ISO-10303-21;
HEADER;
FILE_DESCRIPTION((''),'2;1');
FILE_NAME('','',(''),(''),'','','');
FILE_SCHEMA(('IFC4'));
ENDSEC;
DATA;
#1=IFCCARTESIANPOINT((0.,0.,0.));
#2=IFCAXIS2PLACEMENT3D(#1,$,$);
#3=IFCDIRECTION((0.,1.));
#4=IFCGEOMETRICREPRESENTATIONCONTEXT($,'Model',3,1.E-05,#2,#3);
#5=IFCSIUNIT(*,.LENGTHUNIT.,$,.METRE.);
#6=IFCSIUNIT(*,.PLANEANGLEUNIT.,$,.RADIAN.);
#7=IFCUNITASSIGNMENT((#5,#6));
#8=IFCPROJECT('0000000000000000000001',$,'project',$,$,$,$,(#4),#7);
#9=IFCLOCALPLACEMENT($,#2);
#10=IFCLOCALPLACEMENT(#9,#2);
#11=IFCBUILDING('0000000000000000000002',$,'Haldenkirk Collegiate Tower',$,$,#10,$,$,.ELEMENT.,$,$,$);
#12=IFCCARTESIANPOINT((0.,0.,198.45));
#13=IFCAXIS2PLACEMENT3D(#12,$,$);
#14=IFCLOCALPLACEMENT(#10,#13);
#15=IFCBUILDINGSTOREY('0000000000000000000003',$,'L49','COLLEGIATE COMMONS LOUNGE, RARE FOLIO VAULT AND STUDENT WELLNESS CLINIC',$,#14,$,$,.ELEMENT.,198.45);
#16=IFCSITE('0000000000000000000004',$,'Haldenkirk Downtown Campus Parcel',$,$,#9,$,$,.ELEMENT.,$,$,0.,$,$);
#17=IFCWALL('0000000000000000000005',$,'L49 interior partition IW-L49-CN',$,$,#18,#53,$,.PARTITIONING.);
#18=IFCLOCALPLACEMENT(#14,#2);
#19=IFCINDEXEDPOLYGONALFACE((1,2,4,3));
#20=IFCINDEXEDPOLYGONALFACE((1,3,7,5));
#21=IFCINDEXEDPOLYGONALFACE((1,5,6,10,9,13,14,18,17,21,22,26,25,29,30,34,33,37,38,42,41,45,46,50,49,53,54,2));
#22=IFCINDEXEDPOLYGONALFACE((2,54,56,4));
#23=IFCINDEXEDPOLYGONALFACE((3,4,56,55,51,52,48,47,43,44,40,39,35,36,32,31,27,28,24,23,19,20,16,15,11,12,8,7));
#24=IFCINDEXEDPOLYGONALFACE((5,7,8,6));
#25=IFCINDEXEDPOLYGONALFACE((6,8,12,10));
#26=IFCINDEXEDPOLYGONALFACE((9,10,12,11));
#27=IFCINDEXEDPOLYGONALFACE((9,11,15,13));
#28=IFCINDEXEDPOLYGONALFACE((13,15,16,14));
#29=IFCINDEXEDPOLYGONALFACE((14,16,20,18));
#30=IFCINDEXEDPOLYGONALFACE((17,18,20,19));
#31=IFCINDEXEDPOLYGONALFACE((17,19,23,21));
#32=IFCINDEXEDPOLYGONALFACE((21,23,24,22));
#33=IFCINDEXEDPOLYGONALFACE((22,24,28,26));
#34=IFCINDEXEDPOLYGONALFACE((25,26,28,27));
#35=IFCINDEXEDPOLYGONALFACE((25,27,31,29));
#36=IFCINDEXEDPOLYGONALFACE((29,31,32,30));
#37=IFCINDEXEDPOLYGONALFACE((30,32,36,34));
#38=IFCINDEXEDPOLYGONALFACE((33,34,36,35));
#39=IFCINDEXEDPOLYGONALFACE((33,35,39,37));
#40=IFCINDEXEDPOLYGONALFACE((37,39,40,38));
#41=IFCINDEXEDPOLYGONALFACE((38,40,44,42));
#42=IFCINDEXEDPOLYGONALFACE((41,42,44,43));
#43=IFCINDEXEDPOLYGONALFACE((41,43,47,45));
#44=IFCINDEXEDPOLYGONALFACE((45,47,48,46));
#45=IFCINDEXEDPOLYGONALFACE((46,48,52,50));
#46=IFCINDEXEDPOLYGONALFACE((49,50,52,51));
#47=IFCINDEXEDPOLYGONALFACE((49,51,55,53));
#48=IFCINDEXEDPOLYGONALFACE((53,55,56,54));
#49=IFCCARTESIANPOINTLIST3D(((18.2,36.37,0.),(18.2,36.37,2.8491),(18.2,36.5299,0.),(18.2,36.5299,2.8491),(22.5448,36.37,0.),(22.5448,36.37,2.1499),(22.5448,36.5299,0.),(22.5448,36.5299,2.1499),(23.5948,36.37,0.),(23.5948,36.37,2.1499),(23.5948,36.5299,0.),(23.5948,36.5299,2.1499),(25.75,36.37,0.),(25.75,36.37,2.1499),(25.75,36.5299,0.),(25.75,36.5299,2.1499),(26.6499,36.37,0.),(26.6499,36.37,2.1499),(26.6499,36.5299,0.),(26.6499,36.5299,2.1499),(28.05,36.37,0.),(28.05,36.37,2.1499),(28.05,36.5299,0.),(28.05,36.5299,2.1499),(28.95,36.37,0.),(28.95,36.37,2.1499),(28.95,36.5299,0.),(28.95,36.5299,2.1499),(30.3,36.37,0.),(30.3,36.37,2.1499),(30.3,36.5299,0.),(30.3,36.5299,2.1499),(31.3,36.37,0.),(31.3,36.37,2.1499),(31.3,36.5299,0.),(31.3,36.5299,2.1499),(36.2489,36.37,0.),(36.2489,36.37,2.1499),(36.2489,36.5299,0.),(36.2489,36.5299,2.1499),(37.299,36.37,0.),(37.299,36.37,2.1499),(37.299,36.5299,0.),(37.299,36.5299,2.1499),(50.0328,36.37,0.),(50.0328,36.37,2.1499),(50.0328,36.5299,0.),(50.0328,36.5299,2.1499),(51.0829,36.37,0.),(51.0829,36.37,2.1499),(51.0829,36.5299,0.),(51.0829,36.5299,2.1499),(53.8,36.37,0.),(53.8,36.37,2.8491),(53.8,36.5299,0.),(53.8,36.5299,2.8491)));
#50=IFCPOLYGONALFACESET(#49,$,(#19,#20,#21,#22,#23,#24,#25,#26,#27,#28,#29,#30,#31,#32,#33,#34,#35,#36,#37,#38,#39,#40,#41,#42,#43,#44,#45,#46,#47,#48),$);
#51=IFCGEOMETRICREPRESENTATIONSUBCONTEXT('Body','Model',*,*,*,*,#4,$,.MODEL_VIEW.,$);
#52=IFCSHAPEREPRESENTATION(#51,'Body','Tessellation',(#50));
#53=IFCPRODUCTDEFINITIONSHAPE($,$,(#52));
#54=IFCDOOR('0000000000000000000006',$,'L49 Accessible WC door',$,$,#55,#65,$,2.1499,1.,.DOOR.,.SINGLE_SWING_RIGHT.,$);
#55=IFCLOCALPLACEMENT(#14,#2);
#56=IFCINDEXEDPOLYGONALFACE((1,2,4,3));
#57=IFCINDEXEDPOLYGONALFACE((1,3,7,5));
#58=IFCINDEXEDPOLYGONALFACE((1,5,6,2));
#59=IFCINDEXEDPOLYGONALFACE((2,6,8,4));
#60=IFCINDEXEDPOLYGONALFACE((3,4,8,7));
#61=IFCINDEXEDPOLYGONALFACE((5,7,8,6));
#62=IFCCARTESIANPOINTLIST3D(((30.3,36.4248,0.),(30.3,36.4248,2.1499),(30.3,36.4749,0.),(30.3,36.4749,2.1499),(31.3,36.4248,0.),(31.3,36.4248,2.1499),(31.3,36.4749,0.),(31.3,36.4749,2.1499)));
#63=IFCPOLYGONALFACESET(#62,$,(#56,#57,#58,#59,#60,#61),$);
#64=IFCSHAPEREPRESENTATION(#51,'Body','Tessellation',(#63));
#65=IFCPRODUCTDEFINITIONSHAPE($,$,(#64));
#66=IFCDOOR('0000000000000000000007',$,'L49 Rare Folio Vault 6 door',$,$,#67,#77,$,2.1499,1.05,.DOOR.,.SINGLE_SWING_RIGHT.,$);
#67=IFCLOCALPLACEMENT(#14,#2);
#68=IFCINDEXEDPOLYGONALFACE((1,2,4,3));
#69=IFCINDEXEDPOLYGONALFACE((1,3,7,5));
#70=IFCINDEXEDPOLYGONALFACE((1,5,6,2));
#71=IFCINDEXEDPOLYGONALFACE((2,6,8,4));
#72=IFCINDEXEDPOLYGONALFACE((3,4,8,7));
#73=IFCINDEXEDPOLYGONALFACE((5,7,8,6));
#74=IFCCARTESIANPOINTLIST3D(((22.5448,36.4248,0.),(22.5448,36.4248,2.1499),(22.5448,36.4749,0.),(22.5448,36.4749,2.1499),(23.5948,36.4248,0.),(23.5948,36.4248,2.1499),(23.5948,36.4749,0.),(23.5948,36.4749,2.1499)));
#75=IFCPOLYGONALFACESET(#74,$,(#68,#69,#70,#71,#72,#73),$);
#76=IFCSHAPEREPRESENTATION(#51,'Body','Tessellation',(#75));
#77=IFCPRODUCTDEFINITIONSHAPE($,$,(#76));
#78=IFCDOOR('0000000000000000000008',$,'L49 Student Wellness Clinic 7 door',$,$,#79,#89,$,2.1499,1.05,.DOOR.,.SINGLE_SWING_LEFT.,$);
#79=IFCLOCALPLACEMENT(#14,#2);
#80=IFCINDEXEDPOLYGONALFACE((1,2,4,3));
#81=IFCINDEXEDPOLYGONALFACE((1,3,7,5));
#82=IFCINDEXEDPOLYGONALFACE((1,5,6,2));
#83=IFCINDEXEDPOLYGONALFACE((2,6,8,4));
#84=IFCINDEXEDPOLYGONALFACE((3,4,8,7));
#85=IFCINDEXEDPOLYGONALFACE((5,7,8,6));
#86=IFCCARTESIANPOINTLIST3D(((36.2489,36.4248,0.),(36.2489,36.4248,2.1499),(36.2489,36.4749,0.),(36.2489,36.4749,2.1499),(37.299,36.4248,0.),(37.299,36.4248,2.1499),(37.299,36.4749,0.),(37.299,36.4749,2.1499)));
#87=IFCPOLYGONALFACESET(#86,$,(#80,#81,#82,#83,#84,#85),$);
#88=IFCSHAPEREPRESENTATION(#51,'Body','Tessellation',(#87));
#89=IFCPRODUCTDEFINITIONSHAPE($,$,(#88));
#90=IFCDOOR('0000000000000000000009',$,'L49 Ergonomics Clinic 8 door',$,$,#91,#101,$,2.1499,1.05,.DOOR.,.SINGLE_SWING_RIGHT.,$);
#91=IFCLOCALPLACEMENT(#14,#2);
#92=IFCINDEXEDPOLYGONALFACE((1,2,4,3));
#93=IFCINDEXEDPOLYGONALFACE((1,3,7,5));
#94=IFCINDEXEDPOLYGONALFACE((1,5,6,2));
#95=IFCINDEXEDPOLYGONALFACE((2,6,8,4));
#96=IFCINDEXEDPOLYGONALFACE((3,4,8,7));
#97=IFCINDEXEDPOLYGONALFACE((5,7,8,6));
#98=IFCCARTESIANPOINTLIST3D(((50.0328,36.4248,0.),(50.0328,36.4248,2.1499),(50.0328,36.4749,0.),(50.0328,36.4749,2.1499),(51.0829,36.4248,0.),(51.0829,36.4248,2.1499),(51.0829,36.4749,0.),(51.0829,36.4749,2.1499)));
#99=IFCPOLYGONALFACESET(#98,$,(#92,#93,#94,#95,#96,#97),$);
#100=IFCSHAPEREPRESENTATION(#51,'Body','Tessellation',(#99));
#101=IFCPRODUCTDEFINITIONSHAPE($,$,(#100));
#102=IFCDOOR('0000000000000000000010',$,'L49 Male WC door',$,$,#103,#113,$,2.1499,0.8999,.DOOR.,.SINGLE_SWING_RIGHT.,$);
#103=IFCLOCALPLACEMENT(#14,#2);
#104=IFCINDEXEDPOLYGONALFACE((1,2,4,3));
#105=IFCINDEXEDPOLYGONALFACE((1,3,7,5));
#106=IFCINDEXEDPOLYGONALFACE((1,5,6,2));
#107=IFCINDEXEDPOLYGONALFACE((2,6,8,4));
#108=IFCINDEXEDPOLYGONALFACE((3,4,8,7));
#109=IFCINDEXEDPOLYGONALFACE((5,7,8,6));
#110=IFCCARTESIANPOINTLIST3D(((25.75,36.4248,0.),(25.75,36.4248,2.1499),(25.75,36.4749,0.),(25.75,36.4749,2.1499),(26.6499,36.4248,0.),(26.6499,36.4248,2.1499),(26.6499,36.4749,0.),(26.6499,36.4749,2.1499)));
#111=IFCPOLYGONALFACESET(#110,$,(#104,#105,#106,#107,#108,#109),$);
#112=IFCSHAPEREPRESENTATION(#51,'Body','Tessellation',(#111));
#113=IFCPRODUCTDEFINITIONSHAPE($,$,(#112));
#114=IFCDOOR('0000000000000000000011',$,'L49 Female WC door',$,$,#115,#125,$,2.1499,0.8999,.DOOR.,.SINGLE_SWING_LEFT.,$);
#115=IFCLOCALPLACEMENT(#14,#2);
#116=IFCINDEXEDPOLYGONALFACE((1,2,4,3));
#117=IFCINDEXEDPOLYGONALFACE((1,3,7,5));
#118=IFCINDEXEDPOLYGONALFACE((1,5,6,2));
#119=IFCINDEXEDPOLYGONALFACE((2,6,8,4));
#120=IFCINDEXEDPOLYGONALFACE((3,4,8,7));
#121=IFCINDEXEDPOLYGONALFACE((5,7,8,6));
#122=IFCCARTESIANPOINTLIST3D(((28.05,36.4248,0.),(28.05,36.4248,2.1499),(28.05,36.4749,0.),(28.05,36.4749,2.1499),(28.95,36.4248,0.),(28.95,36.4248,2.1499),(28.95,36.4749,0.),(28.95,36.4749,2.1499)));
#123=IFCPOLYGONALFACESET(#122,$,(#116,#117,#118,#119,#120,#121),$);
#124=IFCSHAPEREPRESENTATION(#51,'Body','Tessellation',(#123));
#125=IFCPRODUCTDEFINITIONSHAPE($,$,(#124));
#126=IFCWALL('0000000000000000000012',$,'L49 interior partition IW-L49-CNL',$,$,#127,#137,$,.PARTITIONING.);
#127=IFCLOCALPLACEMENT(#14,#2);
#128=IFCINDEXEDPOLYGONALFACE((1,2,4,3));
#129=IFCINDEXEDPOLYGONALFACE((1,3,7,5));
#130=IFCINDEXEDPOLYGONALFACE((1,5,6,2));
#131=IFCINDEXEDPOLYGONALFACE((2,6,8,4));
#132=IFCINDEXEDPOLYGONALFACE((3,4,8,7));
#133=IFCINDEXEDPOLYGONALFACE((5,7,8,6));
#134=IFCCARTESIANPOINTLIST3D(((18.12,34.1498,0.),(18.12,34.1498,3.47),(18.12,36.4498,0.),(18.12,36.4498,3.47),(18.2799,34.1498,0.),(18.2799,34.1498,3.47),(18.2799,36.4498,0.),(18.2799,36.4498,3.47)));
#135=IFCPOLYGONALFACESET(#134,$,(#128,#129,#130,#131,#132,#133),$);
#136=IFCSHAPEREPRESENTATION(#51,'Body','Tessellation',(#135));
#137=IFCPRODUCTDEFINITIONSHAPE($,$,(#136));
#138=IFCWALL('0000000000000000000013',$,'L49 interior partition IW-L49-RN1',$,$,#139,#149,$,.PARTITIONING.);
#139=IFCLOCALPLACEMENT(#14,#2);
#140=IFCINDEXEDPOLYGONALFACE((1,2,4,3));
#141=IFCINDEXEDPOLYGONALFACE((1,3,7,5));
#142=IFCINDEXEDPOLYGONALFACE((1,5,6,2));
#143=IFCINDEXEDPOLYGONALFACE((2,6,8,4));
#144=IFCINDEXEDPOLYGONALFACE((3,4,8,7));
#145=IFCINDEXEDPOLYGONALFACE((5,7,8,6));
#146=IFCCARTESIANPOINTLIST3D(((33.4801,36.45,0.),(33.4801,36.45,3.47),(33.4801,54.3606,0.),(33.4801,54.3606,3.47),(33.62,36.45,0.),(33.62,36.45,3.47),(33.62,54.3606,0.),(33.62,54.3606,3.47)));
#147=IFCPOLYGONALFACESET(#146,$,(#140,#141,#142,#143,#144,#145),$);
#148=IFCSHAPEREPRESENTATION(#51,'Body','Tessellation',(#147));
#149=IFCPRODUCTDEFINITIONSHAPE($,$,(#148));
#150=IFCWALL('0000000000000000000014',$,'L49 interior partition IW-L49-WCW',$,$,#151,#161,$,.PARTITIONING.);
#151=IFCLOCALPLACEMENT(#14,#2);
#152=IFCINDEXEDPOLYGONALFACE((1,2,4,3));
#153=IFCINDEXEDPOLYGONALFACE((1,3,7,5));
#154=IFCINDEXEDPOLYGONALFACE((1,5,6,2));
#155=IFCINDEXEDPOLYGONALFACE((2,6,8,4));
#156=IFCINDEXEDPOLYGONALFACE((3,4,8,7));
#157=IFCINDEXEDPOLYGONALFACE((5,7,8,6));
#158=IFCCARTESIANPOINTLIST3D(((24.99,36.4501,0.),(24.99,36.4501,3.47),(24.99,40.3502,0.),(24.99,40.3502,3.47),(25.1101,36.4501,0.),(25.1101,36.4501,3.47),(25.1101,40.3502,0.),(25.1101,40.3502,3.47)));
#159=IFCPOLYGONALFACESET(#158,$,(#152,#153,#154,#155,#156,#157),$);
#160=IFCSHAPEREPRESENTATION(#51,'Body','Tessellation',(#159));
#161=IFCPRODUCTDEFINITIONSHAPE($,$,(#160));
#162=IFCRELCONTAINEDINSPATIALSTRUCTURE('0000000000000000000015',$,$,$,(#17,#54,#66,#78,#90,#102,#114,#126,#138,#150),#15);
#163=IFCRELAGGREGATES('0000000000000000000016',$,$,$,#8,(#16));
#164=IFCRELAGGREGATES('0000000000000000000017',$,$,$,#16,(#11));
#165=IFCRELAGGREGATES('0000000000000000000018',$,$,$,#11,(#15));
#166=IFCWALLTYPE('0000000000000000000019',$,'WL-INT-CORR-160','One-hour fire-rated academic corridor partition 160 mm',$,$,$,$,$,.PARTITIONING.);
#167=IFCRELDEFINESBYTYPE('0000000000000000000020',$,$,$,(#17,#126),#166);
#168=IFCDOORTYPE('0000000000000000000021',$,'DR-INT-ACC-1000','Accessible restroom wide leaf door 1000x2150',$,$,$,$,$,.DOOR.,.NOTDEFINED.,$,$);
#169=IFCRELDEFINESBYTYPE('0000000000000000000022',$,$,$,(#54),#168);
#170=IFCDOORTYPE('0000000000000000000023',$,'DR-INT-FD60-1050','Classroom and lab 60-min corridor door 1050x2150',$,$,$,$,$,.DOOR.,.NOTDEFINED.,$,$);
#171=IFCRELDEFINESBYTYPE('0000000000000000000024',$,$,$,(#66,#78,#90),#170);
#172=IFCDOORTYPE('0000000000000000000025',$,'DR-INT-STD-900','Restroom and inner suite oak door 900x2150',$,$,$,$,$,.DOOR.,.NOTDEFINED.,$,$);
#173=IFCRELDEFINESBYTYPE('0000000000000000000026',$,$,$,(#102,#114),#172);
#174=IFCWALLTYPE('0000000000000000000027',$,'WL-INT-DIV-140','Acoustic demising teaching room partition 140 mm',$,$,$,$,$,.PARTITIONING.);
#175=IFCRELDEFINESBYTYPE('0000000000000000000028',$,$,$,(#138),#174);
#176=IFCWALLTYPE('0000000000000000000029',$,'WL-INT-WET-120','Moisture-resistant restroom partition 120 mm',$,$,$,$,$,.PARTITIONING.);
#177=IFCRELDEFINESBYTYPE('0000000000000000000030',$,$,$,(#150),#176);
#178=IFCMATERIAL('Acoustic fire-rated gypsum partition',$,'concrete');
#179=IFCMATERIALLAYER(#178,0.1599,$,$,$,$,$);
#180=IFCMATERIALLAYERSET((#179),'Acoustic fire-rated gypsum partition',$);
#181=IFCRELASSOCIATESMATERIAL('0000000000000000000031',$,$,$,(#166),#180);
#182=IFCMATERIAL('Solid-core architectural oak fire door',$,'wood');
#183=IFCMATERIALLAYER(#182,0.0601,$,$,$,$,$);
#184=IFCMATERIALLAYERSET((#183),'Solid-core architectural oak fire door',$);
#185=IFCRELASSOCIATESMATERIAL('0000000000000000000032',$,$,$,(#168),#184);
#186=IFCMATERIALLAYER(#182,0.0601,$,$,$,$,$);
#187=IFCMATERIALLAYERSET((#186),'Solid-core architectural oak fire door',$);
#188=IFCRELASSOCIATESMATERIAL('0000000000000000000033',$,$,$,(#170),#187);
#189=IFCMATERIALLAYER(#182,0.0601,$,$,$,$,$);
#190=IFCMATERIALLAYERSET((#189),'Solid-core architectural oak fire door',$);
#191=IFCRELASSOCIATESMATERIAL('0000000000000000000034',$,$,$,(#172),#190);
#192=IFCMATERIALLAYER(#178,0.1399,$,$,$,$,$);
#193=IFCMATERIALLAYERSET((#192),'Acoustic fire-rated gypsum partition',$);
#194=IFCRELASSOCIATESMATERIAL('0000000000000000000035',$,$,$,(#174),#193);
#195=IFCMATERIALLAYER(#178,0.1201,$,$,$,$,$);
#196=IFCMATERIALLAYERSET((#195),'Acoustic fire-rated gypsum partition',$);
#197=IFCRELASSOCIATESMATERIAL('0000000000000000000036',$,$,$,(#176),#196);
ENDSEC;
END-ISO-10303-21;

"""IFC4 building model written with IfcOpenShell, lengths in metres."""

from ifc_helpers import new_model, si_unit, direction, frame, frame_2d, origin, place, context, subcontext, project, spatial, rectangle, extrude, material, layer, layer_set, type_object, element, fill, save


model = new_model("IFC4")

# Units and contexts
model_context = context("Model", 3, precision=1e-05, world=origin(), true_north=direction((0.0, 1.0)))
body_context = subcontext(model_context, "Body", "Model", "MODEL_VIEW")
ifc_project = project(units=[si_unit("LENGTHUNIT", "METRE"), si_unit("PLANEANGLEUNIT", "RADIAN")], contexts=[model_context])

# Site, building, storey
site_placement = place(None, origin())
site = spatial("IfcSite", under=ifc_project, at=site_placement, Name="Haldenkirk Downtown Campus Parcel", CompositionType="ELEMENT", RefElevation=0.0)
building_placement = place(site_placement, origin())
building = spatial("IfcBuilding", under=site, at=building_placement, Name="Haldenkirk Collegiate Tower", CompositionType="ELEMENT")
storey_placement = place(building_placement, frame((0.0, 0.0, 198.45)))
storey = spatial("IfcBuildingStorey", under=building, at=storey_placement, Name="L49", Description="COLLEGIATE COMMONS LOUNGE, RARE FOLIO VAULT AND STUDENT WELLNESS CLINIC", CompositionType="ELEMENT", Elevation=198.45)

# Wall, openings, doors
ifc_material_1 = material(Name="Acoustic fire-rated gypsum partition", Category="concrete")
ifc_layer_1 = layer(ifc_material_1, 0.1599)
ifc_layer_set_1 = layer_set([ifc_layer_1], Name="Acoustic fire-rated gypsum partition")
wall_type_1 = type_object("IfcWallType", Name="WL-INT-CORR-160", Description="One-hour fire-rated academic corridor partition 160 mm", PredefinedType="PARTITIONING", material=ifc_layer_set_1)
wall_1_placement = place(storey_placement, frame((18.2, 36.45, 0.0), z_axis=(0.0, 0.0, 1.0), x_axis=(1.0, 0.0, 0.0)))
wall_1 = element("IfcWall", 1, at=wall_1_placement, inside=storey, type_object=wall_type_1, Name="L49 interior partition IW-L49-CN", PredefinedType="PARTITIONING", context=body_context, shape_type="SweptSolid", body=[
    extrude(rectangle(XDim=35.6001, YDim=0.1599, at=frame_2d((17.8, 0.0))), origin(), (0.0, 0.0, 1.0), 2.8491),
])
opening_1_placement = place(wall_1_placement, frame((7.55, 0.0, 0.0)))
opening_1 = element("IfcOpeningElement", 2, at=opening_1_placement, cuts=wall_1, PredefinedType="OPENING", context=body_context, shape_type="SweptSolid", body=[
    extrude(rectangle(XDim=0.8999, YDim=2.1499, at=frame_2d((0.45, 1.075))), frame((0.0, 0.0898, 0.0), z_axis=(0.0, -1.0, 0.0), x_axis=(1.0, 0.0, 0.0)), (0.0, 0.0, 1.0), 0.1799),
])
opening_2_placement = place(wall_1_placement, frame((9.8501, 0.0, 0.0)))
opening_2 = element("IfcOpeningElement", 3, at=opening_2_placement, cuts=wall_1, PredefinedType="OPENING", context=body_context, shape_type="SweptSolid", body=[
    extrude(rectangle(XDim=0.8999, YDim=2.1499, at=frame_2d((0.45, 1.075))), frame((0.0, 0.0898, 0.0), z_axis=(0.0, -1.0, 0.0), x_axis=(1.0, 0.0, 0.0)), (0.0, 0.0, 1.0), 0.1799),
])
opening_3_placement = place(wall_1_placement, frame((12.1001, 0.0, 0.0)))
opening_3 = element("IfcOpeningElement", 4, at=opening_3_placement, cuts=wall_1, PredefinedType="OPENING", context=body_context, shape_type="SweptSolid", body=[
    extrude(rectangle(XDim=1.0, YDim=2.1499, at=frame_2d((0.5, 1.075))), frame((0.0, 0.0898, 0.0), z_axis=(0.0, -1.0, 0.0), x_axis=(1.0, 0.0, 0.0)), (0.0, 0.0, 1.0), 0.1799),
])
opening_4_placement = place(wall_1_placement, frame((4.345, 0.0, 0.0)))
opening_4 = element("IfcOpeningElement", 5, at=opening_4_placement, cuts=wall_1, PredefinedType="OPENING", context=body_context, shape_type="SweptSolid", body=[
    extrude(rectangle(XDim=1.05, YDim=2.1499, at=frame_2d((0.5249, 1.075))), frame((0.0, 0.0898, 0.0), z_axis=(0.0, -1.0, 0.0), x_axis=(1.0, 0.0, 0.0)), (0.0, 0.0, 1.0), 0.1799),
])
opening_5_placement = place(wall_1_placement, frame((18.0491, 0.0, 0.0)))
opening_5 = element("IfcOpeningElement", 6, at=opening_5_placement, cuts=wall_1, PredefinedType="OPENING", context=body_context, shape_type="SweptSolid", body=[
    extrude(rectangle(XDim=1.05, YDim=2.1499, at=frame_2d((0.5249, 1.075))), frame((0.0, 0.0898, 0.0), z_axis=(0.0, -1.0, 0.0), x_axis=(1.0, 0.0, 0.0)), (0.0, 0.0, 1.0), 0.1799),
])
opening_6_placement = place(wall_1_placement, frame((31.833, 0.0, 0.0)))
opening_6 = element("IfcOpeningElement", 7, at=opening_6_placement, cuts=wall_1, PredefinedType="OPENING", context=body_context, shape_type="SweptSolid", body=[
    extrude(rectangle(XDim=1.05, YDim=2.1499, at=frame_2d((0.5249, 1.075))), frame((0.0, 0.0898, 0.0), z_axis=(0.0, -1.0, 0.0), x_axis=(1.0, 0.0, 0.0)), (0.0, 0.0, 1.0), 0.1799),
])
ifc_material_2 = material(Name="Solid-core architectural oak fire door", Category="wood")
ifc_layer_2 = layer(ifc_material_2, 0.0601)
ifc_layer_set_2 = layer_set([ifc_layer_2], Name="Solid-core architectural oak fire door")
door_type_1 = type_object("IfcDoorType", Name="DR-INT-ACC-1000", Description="Accessible restroom wide leaf door 1000x2150", OperationType="NOTDEFINED", PredefinedType="DOOR", material=ifc_layer_set_2)
door_1_placement = place(opening_3_placement, origin())
door_1 = element("IfcDoor", 8, at=door_1_placement, inside=storey, type_object=door_type_1, Name="L49 Accessible WC door", OperationType="SINGLE_SWING_RIGHT", OverallHeight=2.1499, OverallWidth=1.0, PredefinedType="DOOR", context=body_context, shape_type="SweptSolid", body=[
    extrude(rectangle(XDim=1.0, YDim=2.1499, at=frame_2d((0.5, 1.075))), frame((0.0, 0.0249, 0.0), z_axis=(0.0, -1.0, 0.0), x_axis=(1.0, 0.0, 0.0)), (0.0, 0.0, 1.0), 0.05),
])
fill(opening_3, door_1)
ifc_layer_3 = layer(ifc_material_2, 0.0601)
ifc_layer_set_3 = layer_set([ifc_layer_3], Name="Solid-core architectural oak fire door")
door_type_2 = type_object("IfcDoorType", Name="DR-INT-FD60-1050", Description="Classroom and lab 60-min corridor door 1050x2150", OperationType="NOTDEFINED", PredefinedType="DOOR", material=ifc_layer_set_3)
door_2_placement = place(opening_4_placement, origin())
door_2 = element("IfcDoor", 9, at=door_2_placement, inside=storey, type_object=door_type_2, Name="L49 Rare Folio Vault 6 door", OperationType="SINGLE_SWING_RIGHT", OverallHeight=2.1499, OverallWidth=1.05, PredefinedType="DOOR", context=body_context, shape_type="SweptSolid", body=[
    extrude(rectangle(XDim=1.05, YDim=2.1499, at=frame_2d((0.5249, 1.075))), frame((0.0, 0.0249, 0.0), z_axis=(0.0, -1.0, 0.0), x_axis=(1.0, 0.0, 0.0)), (0.0, 0.0, 1.0), 0.05),
])
fill(opening_4, door_2)
door_3_placement = place(opening_5_placement, origin())
door_3 = element("IfcDoor", 10, at=door_3_placement, inside=storey, type_object=door_type_2, Name="L49 Student Wellness Clinic 7 door", OperationType="SINGLE_SWING_LEFT", OverallHeight=2.1499, OverallWidth=1.05, PredefinedType="DOOR", context=body_context, shape_type="SweptSolid", body=[
    extrude(rectangle(XDim=1.05, YDim=2.1499, at=frame_2d((0.5249, 1.075))), frame((0.0, 0.0249, 0.0), z_axis=(0.0, -1.0, 0.0), x_axis=(1.0, 0.0, 0.0)), (0.0, 0.0, 1.0), 0.05),
])
fill(opening_5, door_3)
door_4_placement = place(opening_6_placement, origin())
door_4 = element("IfcDoor", 11, at=door_4_placement, inside=storey, type_object=door_type_2, Name="L49 Ergonomics Clinic 8 door", OperationType="SINGLE_SWING_RIGHT", OverallHeight=2.1499, OverallWidth=1.05, PredefinedType="DOOR", context=body_context, shape_type="SweptSolid", body=[
    extrude(rectangle(XDim=1.05, YDim=2.1499, at=frame_2d((0.5249, 1.075))), frame((0.0, 0.0249, 0.0), z_axis=(0.0, -1.0, 0.0), x_axis=(1.0, 0.0, 0.0)), (0.0, 0.0, 1.0), 0.05),
])
fill(opening_6, door_4)
ifc_layer_4 = layer(ifc_material_2, 0.0601)
ifc_layer_set_4 = layer_set([ifc_layer_4], Name="Solid-core architectural oak fire door")
door_type_3 = type_object("IfcDoorType", Name="DR-INT-STD-900", Description="Restroom and inner suite oak door 900x2150", OperationType="NOTDEFINED", PredefinedType="DOOR", material=ifc_layer_set_4)
door_5_placement = place(opening_1_placement, origin())
door_5 = element("IfcDoor", 12, at=door_5_placement, inside=storey, type_object=door_type_3, Name="L49 Male WC door", OperationType="SINGLE_SWING_RIGHT", OverallHeight=2.1499, OverallWidth=0.8999, PredefinedType="DOOR", context=body_context, shape_type="SweptSolid", body=[
    extrude(rectangle(XDim=0.8999, YDim=2.1499, at=frame_2d((0.45, 1.075))), frame((0.0, 0.0249, 0.0), z_axis=(0.0, -1.0, 0.0), x_axis=(1.0, 0.0, 0.0)), (0.0, 0.0, 1.0), 0.05),
])
fill(opening_1, door_5)
door_6_placement = place(opening_2_placement, origin())
door_6 = element("IfcDoor", 13, at=door_6_placement, inside=storey, type_object=door_type_3, Name="L49 Female WC door", OperationType="SINGLE_SWING_LEFT", OverallHeight=2.1499, OverallWidth=0.8999, PredefinedType="DOOR", context=body_context, shape_type="SweptSolid", body=[
    extrude(rectangle(XDim=0.8999, YDim=2.1499, at=frame_2d((0.45, 1.075))), frame((0.0, 0.0249, 0.0), z_axis=(0.0, -1.0, 0.0), x_axis=(1.0, 0.0, 0.0)), (0.0, 0.0, 1.0), 0.05),
])
fill(opening_2, door_6)

# Walls
wall_2_placement = place(storey_placement, frame((18.2, 34.1499, 0.0), z_axis=(0.0, 0.0, 1.0), x_axis=(0.0, 1.0, 0.0)))
element("IfcWall", 14, at=wall_2_placement, inside=storey, type_object=wall_type_1, Name="L49 interior partition IW-L49-CNL", PredefinedType="PARTITIONING", context=body_context, shape_type="SweptSolid", body=[
    extrude(rectangle(XDim=2.3, YDim=0.1599, at=frame_2d((1.1499, 0.0))), origin(), (0.0, 0.0, 1.0), 3.47),
])
ifc_layer_5 = layer(ifc_material_1, 0.1399)
ifc_layer_set_5 = layer_set([ifc_layer_5], Name="Acoustic fire-rated gypsum partition")
wall_type_2 = type_object("IfcWallType", Name="WL-INT-DIV-140", Description="Acoustic demising teaching room partition 140 mm", PredefinedType="PARTITIONING", material=ifc_layer_set_5)
wall_3_placement = place(storey_placement, frame((33.55, 36.45, 0.0), z_axis=(0.0, 0.0, 1.0), x_axis=(0.0, 1.0, 0.0)))
element("IfcWall", 15, at=wall_3_placement, inside=storey, type_object=wall_type_2, Name="L49 interior partition IW-L49-RN1", PredefinedType="PARTITIONING", context=body_context, shape_type="SweptSolid", body=[
    extrude(rectangle(XDim=17.9106, YDim=0.1399, at=frame_2d((8.9553, 0.0))), origin(), (0.0, 0.0, 1.0), 3.47),
])
ifc_layer_6 = layer(ifc_material_1, 0.1201)
ifc_layer_set_6 = layer_set([ifc_layer_6], Name="Acoustic fire-rated gypsum partition")
wall_type_3 = type_object("IfcWallType", Name="WL-INT-WET-120", Description="Moisture-resistant restroom partition 120 mm", PredefinedType="PARTITIONING", material=ifc_layer_set_6)
for number, where, z_axis, x_axis, name in (
    (16, (25.05, 36.45, 0.0), (0.0, 0.0, 1.0), (0.0, 1.0, 0.0), "L49 interior partition IW-L49-WCW"),
):
    element("IfcWall", number, at=place(storey_placement, frame(where, z_axis=z_axis, x_axis=x_axis)), inside=storey, type_object=wall_type_3, Name=name, PredefinedType="PARTITIONING", context=body_context, shape_type="SweptSolid", body=[
        extrude(rectangle(XDim=3.9001, YDim=0.1201, at=frame_2d((1.9502, 0.0))), origin(), (0.0, 0.0, 1.0), 3.47),
    ])

save(model, "model.ifc")
